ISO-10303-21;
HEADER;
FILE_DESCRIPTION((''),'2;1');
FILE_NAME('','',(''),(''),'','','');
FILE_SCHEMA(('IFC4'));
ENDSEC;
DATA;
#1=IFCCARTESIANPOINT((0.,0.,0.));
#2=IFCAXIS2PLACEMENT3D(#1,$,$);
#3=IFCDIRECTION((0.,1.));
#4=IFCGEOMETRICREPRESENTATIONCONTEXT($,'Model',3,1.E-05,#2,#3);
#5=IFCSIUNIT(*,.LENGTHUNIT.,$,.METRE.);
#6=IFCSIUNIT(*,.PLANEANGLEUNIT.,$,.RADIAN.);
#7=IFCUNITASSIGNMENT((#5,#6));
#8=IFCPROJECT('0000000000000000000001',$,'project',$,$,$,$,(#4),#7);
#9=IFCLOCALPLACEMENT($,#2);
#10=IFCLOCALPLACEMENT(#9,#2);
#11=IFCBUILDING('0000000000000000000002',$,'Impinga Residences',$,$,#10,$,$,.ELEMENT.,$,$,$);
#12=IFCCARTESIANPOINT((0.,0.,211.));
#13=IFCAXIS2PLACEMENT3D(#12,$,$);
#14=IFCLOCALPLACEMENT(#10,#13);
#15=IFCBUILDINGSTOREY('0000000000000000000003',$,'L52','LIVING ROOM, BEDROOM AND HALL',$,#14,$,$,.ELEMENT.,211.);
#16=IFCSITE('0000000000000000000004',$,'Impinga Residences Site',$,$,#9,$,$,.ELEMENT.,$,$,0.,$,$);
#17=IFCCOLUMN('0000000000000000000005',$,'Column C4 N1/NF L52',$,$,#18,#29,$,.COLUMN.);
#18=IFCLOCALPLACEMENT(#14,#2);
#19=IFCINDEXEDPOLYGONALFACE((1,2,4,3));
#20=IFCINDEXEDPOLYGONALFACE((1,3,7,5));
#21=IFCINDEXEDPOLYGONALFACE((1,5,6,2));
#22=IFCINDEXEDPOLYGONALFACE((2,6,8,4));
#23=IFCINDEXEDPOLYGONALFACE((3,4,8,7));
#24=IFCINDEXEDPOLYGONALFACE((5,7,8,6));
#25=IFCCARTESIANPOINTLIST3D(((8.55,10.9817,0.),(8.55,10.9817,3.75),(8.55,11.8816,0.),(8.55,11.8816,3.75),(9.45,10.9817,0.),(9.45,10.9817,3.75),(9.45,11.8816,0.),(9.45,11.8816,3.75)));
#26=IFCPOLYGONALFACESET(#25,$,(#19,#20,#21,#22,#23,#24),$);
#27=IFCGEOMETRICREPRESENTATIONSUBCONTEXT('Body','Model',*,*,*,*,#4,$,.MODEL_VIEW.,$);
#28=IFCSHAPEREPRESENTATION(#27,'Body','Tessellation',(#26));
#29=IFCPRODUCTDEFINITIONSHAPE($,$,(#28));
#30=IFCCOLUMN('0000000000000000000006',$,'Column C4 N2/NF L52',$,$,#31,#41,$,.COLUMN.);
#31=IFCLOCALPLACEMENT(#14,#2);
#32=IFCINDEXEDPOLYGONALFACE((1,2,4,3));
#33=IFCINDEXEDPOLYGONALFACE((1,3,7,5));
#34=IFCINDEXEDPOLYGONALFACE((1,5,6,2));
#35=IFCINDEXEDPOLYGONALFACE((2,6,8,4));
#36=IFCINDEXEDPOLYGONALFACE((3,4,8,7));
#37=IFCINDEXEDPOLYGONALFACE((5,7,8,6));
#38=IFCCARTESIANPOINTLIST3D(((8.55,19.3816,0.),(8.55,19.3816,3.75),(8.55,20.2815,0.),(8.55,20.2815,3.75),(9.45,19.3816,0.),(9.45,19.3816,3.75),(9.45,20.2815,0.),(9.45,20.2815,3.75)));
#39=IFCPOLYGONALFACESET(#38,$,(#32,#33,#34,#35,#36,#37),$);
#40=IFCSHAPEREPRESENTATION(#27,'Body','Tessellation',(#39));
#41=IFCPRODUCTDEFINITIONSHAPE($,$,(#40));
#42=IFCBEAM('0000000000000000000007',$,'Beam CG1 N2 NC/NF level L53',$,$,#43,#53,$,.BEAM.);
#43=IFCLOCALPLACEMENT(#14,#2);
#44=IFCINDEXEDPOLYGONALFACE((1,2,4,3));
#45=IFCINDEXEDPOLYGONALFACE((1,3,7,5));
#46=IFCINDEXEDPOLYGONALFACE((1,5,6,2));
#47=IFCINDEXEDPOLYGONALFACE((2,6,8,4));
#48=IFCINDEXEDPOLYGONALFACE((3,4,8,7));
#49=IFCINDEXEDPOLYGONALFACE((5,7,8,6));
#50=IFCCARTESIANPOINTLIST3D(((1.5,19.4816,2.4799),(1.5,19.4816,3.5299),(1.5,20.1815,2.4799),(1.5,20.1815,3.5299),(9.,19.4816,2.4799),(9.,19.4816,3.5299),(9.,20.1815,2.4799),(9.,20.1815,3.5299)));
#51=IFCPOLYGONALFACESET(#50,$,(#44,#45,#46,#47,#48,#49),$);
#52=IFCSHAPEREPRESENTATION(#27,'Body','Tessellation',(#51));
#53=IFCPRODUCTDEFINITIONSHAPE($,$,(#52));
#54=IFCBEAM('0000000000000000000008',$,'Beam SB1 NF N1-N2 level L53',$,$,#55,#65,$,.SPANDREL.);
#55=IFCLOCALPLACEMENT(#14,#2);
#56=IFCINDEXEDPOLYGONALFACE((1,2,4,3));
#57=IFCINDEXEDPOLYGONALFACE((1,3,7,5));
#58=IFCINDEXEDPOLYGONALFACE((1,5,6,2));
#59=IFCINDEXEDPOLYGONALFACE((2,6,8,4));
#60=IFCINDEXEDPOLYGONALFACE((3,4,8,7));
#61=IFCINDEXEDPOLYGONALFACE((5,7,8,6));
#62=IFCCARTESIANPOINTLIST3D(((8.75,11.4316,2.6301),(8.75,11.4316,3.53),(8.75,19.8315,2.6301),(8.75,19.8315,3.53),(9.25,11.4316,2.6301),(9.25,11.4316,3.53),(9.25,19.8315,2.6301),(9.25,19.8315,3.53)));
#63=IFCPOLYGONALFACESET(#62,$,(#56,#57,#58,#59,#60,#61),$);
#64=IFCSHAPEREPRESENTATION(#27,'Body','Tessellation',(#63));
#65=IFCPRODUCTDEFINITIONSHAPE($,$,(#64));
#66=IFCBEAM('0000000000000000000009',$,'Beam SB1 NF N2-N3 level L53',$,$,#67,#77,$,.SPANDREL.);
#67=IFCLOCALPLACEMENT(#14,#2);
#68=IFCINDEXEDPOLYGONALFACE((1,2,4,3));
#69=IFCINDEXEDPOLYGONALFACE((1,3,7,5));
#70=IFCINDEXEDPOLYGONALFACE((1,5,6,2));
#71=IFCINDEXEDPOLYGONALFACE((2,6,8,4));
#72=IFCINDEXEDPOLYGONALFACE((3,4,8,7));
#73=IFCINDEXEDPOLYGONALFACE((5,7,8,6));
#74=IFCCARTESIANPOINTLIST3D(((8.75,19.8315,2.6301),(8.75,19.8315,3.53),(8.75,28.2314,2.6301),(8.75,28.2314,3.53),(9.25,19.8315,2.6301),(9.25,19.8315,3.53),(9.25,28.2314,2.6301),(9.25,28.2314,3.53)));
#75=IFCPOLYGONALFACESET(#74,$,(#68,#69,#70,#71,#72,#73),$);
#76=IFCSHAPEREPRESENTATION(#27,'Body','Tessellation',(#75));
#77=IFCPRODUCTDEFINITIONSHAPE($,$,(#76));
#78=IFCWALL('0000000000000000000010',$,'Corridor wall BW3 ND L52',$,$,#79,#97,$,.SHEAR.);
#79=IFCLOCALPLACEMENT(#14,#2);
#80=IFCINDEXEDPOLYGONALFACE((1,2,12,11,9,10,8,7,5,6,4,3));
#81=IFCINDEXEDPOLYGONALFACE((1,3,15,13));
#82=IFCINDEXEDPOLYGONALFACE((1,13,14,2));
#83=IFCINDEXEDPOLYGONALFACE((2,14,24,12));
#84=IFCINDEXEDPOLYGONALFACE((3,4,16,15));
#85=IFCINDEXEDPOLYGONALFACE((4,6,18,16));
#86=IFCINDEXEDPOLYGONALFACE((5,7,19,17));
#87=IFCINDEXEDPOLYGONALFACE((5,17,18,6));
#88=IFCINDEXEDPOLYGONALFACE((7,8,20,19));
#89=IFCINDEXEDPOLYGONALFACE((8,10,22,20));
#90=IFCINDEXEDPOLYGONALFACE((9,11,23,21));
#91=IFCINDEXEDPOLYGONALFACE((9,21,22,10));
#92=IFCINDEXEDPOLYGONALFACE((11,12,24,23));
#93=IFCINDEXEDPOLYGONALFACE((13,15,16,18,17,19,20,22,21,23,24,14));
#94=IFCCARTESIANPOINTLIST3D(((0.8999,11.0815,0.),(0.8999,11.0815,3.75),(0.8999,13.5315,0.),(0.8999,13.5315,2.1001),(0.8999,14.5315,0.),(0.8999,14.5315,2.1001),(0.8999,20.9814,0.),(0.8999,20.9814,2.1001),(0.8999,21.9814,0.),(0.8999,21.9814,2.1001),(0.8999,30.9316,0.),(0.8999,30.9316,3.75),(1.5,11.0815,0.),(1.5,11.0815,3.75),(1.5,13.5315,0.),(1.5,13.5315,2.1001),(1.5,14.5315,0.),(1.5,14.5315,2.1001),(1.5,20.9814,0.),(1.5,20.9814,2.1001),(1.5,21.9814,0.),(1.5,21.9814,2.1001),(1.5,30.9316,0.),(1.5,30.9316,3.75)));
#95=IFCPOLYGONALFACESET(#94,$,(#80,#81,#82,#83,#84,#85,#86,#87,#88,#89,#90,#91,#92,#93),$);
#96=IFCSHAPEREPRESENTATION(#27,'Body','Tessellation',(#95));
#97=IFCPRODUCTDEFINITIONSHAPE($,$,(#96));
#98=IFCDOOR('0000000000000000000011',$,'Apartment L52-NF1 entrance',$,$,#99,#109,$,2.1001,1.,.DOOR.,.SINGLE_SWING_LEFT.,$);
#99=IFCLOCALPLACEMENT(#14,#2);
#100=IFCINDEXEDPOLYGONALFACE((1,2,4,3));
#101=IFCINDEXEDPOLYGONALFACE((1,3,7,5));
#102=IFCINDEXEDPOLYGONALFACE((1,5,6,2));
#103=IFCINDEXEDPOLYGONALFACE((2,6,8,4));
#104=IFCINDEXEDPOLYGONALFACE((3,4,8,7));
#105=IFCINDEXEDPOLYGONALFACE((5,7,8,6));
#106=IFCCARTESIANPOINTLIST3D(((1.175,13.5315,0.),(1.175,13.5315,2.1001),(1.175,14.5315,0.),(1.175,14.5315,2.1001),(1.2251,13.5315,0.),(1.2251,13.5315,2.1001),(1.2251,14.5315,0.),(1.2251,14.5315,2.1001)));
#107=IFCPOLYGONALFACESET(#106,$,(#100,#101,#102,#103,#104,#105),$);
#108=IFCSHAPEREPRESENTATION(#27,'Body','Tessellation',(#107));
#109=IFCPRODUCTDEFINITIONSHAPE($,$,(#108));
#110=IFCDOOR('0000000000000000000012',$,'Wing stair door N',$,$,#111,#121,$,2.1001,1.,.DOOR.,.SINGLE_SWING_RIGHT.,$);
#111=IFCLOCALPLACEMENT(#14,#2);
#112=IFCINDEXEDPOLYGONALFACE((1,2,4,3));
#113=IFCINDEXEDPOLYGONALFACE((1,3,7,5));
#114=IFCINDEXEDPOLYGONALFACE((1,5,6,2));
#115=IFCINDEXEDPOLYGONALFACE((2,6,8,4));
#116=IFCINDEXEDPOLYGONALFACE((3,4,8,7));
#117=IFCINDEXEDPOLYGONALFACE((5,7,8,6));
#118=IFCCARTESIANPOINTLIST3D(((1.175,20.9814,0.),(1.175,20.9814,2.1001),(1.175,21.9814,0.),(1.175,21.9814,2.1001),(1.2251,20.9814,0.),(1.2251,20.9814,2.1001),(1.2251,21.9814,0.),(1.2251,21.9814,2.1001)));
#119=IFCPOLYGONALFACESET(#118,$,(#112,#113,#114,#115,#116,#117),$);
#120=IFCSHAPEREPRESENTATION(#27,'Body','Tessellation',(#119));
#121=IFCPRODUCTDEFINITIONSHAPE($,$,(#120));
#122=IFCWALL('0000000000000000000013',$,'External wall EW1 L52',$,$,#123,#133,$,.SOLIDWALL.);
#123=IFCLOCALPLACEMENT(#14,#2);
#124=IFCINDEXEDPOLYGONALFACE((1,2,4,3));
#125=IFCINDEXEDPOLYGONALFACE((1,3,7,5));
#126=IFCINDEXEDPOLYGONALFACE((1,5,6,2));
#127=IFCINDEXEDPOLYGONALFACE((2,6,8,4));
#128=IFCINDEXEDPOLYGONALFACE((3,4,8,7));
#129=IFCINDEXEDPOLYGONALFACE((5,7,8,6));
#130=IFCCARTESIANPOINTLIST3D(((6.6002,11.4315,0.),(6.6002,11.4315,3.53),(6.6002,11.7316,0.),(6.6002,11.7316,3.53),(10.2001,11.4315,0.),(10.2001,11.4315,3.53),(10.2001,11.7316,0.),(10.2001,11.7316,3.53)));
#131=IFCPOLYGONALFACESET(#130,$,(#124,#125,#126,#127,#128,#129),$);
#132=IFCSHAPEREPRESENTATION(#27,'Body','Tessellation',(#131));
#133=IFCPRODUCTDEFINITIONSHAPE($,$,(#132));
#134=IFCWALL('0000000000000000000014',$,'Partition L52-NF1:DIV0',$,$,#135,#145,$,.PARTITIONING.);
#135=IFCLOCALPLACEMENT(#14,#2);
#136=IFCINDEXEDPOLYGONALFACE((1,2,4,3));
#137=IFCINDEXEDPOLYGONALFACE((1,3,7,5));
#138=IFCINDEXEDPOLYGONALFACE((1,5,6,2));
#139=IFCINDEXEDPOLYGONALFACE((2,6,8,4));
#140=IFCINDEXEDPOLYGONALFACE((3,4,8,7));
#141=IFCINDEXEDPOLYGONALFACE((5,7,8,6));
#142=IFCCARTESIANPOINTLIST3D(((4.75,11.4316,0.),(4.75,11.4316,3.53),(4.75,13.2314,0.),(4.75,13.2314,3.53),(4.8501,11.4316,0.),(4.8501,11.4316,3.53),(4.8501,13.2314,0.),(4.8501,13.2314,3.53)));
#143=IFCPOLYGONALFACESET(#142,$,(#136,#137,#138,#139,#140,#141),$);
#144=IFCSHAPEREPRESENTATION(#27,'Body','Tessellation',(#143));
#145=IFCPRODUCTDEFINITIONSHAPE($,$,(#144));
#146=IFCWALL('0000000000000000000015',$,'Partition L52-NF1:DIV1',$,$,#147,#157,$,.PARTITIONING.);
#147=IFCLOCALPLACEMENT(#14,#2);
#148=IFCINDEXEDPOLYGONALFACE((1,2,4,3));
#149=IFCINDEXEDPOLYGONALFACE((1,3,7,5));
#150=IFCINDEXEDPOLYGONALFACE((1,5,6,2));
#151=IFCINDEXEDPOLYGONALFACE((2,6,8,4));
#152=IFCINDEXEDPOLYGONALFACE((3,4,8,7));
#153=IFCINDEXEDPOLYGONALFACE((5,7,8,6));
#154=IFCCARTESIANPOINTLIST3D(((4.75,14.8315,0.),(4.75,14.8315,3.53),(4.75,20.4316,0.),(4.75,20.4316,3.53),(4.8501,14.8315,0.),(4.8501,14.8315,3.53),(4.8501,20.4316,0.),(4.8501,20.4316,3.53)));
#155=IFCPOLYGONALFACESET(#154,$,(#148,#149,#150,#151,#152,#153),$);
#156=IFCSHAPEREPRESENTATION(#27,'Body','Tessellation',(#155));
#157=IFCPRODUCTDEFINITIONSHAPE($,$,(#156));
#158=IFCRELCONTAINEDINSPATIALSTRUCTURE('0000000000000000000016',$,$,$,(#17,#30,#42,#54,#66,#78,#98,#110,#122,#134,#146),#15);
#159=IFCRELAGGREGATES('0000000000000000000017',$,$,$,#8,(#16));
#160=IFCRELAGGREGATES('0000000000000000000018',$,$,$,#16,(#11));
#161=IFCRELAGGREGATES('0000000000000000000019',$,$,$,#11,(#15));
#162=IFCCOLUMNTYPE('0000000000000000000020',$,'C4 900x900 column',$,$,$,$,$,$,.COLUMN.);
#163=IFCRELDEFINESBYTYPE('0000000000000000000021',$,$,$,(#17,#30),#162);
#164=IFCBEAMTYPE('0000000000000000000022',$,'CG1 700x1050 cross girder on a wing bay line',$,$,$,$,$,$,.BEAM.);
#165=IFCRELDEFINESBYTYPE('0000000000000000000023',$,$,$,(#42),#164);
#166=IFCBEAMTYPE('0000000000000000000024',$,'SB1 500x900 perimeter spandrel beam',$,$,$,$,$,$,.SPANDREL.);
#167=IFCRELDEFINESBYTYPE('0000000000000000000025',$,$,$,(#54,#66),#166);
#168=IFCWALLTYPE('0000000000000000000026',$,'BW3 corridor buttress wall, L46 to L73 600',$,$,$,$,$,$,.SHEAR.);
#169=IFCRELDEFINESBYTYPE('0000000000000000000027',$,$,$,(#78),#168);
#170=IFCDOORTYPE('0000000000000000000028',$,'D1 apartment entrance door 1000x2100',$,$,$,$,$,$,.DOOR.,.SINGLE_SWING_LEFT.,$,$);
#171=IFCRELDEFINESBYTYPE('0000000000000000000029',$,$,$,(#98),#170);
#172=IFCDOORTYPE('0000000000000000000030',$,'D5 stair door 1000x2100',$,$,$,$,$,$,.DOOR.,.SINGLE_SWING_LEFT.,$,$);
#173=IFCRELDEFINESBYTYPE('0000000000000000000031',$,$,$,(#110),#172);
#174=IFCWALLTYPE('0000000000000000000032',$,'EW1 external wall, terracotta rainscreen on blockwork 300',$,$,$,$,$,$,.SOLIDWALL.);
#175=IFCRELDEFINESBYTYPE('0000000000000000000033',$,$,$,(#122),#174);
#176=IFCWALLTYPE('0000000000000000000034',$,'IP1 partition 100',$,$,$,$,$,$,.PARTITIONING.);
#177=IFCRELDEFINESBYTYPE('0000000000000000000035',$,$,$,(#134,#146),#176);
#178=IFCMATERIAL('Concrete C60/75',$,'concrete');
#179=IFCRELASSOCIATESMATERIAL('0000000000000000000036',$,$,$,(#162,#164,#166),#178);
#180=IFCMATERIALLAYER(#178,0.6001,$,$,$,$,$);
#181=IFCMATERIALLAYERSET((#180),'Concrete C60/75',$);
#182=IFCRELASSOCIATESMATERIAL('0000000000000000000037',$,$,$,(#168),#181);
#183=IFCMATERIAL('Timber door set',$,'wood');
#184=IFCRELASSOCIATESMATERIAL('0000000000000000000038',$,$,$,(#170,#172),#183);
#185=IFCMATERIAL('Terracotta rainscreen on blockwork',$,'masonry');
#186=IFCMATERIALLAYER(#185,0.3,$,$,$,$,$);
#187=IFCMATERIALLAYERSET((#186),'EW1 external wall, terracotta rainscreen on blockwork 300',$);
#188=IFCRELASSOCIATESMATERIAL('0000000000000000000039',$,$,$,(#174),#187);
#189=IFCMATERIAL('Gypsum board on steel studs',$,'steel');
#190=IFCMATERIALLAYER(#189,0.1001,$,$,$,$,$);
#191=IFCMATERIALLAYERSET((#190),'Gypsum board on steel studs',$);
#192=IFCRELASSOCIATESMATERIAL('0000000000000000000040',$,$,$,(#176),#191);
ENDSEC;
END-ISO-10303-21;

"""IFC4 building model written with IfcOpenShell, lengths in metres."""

from ifc_helpers import new_model, si_unit, direction, frame, frame_2d, origin, origin_2d, place, context, subcontext, project, spatial, rectangle, extrude, material, layer, layer_set, material_profile, profile_set, type_object, element, fill, save


model = new_model("IFC4")

# Units and contexts
model_context = context("Model", 3, precision=1e-05, world=origin(), true_north=direction((0.0, 1.0)))
body_context = subcontext(model_context, "Body", "Model", "MODEL_VIEW")
ifc_project = project(units=[si_unit("LENGTHUNIT", "METRE"), si_unit("PLANEANGLEUNIT", "RADIAN")], contexts=[model_context])

# Site, building, storey
site_placement = place(None, origin())
site = spatial("IfcSite", under=ifc_project, at=site_placement, Name="Impinga Residences Site", CompositionType="ELEMENT", RefElevation=0.0)
building_placement = place(site_placement, origin())
building = spatial("IfcBuilding", under=site, at=building_placement, Name="Impinga Residences", CompositionType="ELEMENT")
storey_placement = place(building_placement, frame((0.0, 0.0, 211.0)))
storey = spatial("IfcBuildingStorey", under=building, at=storey_placement, Name="L52", Description="LIVING ROOM, BEDROOM AND HALL", CompositionType="ELEMENT", Elevation=211.0)

# Columns
ifc_material_1 = material(Name="Concrete C60/75", Category="concrete")
ifc_material_profile_1 = material_profile(ifc_material_1, rectangle(XDim=0.8999, YDim=0.8999, at=origin_2d()), Name="RC 900x900")
ifc_profile_set_1 = profile_set([ifc_material_profile_1], Name="Concrete C60/75")
column_type = type_object("IfcColumnType", Name="C4 900x900 column", PredefinedType="COLUMN", material=ifc_profile_set_1)
for number, where, z_axis, x_axis, name in (
    (1, (9.0, 11.4316, 0.0), (0.0, 0.0, 1.0), (1.0, 0.0, 0.0), "Column C4 N1/NF L52"),
    (2, (9.0, 19.8315, 0.0), (0.0, 0.0, 1.0), (1.0, 0.0, 0.0), "Column C4 N2/NF L52"),
):
    element("IfcColumn", number, at=place(storey_placement, frame(where, z_axis=z_axis, x_axis=x_axis)), inside=storey, type_object=column_type, Name=name, PredefinedType="COLUMN", context=body_context, shape_type="SweptSolid", body=[
        extrude(rectangle(XDim=0.8999, YDim=0.8999, at=origin_2d()), origin(), (0.0, 0.0, 1.0), 3.75),
    ])

# Beams
ifc_material_profile_2 = material_profile(ifc_material_1, rectangle(XDim=0.7, YDim=1.05, at=origin_2d()), Name="RC 700x1050")
ifc_profile_set_2 = profile_set([ifc_material_profile_2], Name="Concrete C60/75")
beam_type_1 = type_object("IfcBeamType", Name="CG1 700x1050 cross girder on a wing bay line", PredefinedType="BEAM", material=ifc_profile_set_2)
beam_placement = place(storey_placement, frame((1.5, 19.8315, 3.0049), z_axis=(1.0, 0.0, 0.0), x_axis=(0.0, 1.0, 0.0)))
element("IfcBeam", 3, at=beam_placement, inside=storey, type_object=beam_type_1, Name="Beam CG1 N2 NC/NF level L53", PredefinedType="BEAM", context=body_context, shape_type="SweptSolid", body=[
    extrude(rectangle(XDim=0.7, YDim=1.05, at=origin_2d()), origin(), (0.0, 0.0, 1.0), 7.5),
])
ifc_material_profile_3 = material_profile(ifc_material_1, rectangle(XDim=0.5, YDim=0.8999, at=origin_2d()), Name="RC 500x900")
ifc_profile_set_3 = profile_set([ifc_material_profile_3], Name="Concrete C60/75")
beam_type_2 = type_object("IfcBeamType", Name="SB1 500x900 perimeter spandrel beam", PredefinedType="SPANDREL", material=ifc_profile_set_3)
for number, where, z_axis, x_axis, name in (
    (4, (9.0, 11.4316, 3.0801), (0.0, 1.0, 0.0), (-1.0, 0.0, 0.0), "Beam SB1 NF N1-N2 level L53"),
    (5, (9.0, 19.8315, 3.0801), (0.0, 1.0, 0.0), (-1.0, 0.0, 0.0), "Beam SB1 NF N2-N3 level L53"),
):
    element("IfcBeam", number, at=place(storey_placement, frame(where, z_axis=z_axis, x_axis=x_axis)), inside=storey, type_object=beam_type_2, Name=name, PredefinedType="SPANDREL", context=body_context, shape_type="SweptSolid", body=[
        extrude(rectangle(XDim=0.5, YDim=0.8999, at=origin_2d()), origin(), (0.0, 0.0, 1.0), 8.3999),
    ])

# Wall, openings, doors
ifc_layer_1 = layer(ifc_material_1, 0.6001)
ifc_layer_set_1 = layer_set([ifc_layer_1], Name="Concrete C60/75")
wall_type_1 = type_object("IfcWallType", Name="BW3 corridor buttress wall, L46 to L73 600", PredefinedType="SHEAR", material=ifc_layer_set_1)
wall_1_placement = place(storey_placement, frame((1.2, 11.0815, 0.0), z_axis=(0.0, 0.0, 1.0), x_axis=(0.0, 1.0, 0.0)))
wall_1 = element("IfcWall", 6, at=wall_1_placement, inside=storey, type_object=wall_type_1, Name="Corridor wall BW3 ND L52", PredefinedType="SHEAR", context=body_context, shape_type="SweptSolid", body=[
    extrude(rectangle(XDim=19.8501, YDim=0.6001, at=frame_2d((9.925, 0.0))), origin(), (0.0, 0.0, 1.0), 3.75),
])
opening_1_placement = place(wall_1_placement, frame((9.8999, 0.0, 0.0)))
opening_1 = element("IfcOpeningElement", 7, at=opening_1_placement, cuts=wall_1, PredefinedType="OPENING", context=body_context, shape_type="SweptSolid", body=[
    extrude(rectangle(XDim=1.0, YDim=2.1001, at=frame_2d((0.5, 1.05))), frame((0.0, 0.3101, 0.0), z_axis=(0.0, -1.0, 0.0), x_axis=(1.0, 0.0, 0.0)), (0.0, 0.0, 1.0), 0.6201),
])
opening_2_placement = place(wall_1_placement, frame((2.45, 0.0, 0.0)))
opening_2 = element("IfcOpeningElement", 8, at=opening_2_placement, cuts=wall_1, PredefinedType="OPENING", context=body_context, shape_type="SweptSolid", body=[
    extrude(rectangle(XDim=1.0, YDim=2.1001, at=frame_2d((0.5, 1.05))), frame((0.0, 0.3101, 0.0), z_axis=(0.0, -1.0, 0.0), x_axis=(1.0, 0.0, 0.0)), (0.0, 0.0, 1.0), 0.6201),
])
ifc_material_2 = material(Name="Timber door set", Category="wood")
door_type_1 = type_object("IfcDoorType", Name="D1 apartment entrance door 1000x2100", OperationType="SINGLE_SWING_LEFT", PredefinedType="DOOR", material=ifc_material_2)
door_1_placement = place(opening_2_placement, origin())
door_1 = element("IfcDoor", 9, at=door_1_placement, inside=storey, type_object=door_type_1, Name="Apartment L52-NF1 entrance", OperationType="SINGLE_SWING_LEFT", OverallHeight=2.1001, OverallWidth=1.0, PredefinedType="DOOR", context=body_context, shape_type="SweptSolid", body=[
    extrude(rectangle(XDim=1.0, YDim=2.1001, at=frame_2d((0.5, 1.05))), frame((0.0, 0.0249, 0.0), z_axis=(0.0, -1.0, 0.0), x_axis=(1.0, 0.0, 0.0)), (0.0, 0.0, 1.0), 0.05),
])
fill(opening_2, door_1)
door_type_2 = type_object("IfcDoorType", Name="D5 stair door 1000x2100", OperationType="SINGLE_SWING_LEFT", PredefinedType="DOOR", material=ifc_material_2)
door_2_placement = place(opening_1_placement, origin())
door_2 = element("IfcDoor", 10, at=door_2_placement, inside=storey, type_object=door_type_2, Name="Wing stair door N", OperationType="SINGLE_SWING_RIGHT", OverallHeight=2.1001, OverallWidth=1.0, PredefinedType="DOOR", context=body_context, shape_type="SweptSolid", body=[
    extrude(rectangle(XDim=1.0, YDim=2.1001, at=frame_2d((0.5, 1.05))), frame((0.0, 0.0249, 0.0), z_axis=(0.0, -1.0, 0.0), x_axis=(1.0, 0.0, 0.0)), (0.0, 0.0, 1.0), 0.05),
])
fill(opening_1, door_2)

# Walls
ifc_material_3 = material(Name="Terracotta rainscreen on blockwork", Category="masonry")
ifc_layer_2 = layer(ifc_material_3, 0.3)
ifc_layer_set_2 = layer_set([ifc_layer_2], Name="EW1 external wall, terracotta rainscreen on blockwork 300")
wall_type_2 = type_object("IfcWallType", Name="EW1 external wall, terracotta rainscreen on blockwork 300", PredefinedType="SOLIDWALL", material=ifc_layer_set_2)
wall_2_placement = place(storey_placement, frame((10.2, 11.5815, 0.0), z_axis=(0.0, 0.0, 1.0), x_axis=(-1.0, 0.0, 0.0)))
element("IfcWall", 11, at=wall_2_placement, inside=storey, type_object=wall_type_2, Name="External wall EW1 L52", PredefinedType="SOLIDWALL", context=body_context, shape_type="SweptSolid", body=[
    extrude(rectangle(XDim=3.5999, YDim=0.3, at=frame_2d((1.7998, 0.0))), origin(), (0.0, 0.0, 1.0), 3.53),
])
ifc_material_4 = material(Name="Gypsum board on steel studs", Category="steel")
ifc_layer_3 = layer(ifc_material_4, 0.1001)
ifc_layer_set_3 = layer_set([ifc_layer_3], Name="Gypsum board on steel studs")
wall_type_3 = type_object("IfcWallType", Name="IP1 partition 100", PredefinedType="PARTITIONING", material=ifc_layer_set_3)
wall_3_placement = place(storey_placement, frame((4.8, 11.4316, 0.0), z_axis=(0.0, 0.0, 1.0), x_axis=(0.0, 1.0, 0.0)))
element("IfcWall", 12, at=wall_3_placement, inside=storey, type_object=wall_type_3, Name="Partition L52-NF1:DIV0", PredefinedType="PARTITIONING", context=body_context, shape_type="SweptSolid", body=[
    extrude(rectangle(XDim=1.7998, YDim=0.1001, at=frame_2d((0.8999, 0.0))), origin(), (0.0, 0.0, 1.0), 3.53),
])
wall_4_placement = place(storey_placement, frame((4.8, 14.8315, 0.0), z_axis=(0.0, 0.0, 1.0), x_axis=(0.0, 1.0, 0.0)))
element("IfcWall", 13, at=wall_4_placement, inside=storey, type_object=wall_type_3, Name="Partition L52-NF1:DIV1", PredefinedType="PARTITIONING", context=body_context, shape_type="SweptSolid", body=[
    extrude(rectangle(XDim=5.6001, YDim=0.1001, at=frame_2d((2.8, 0.0))), origin(), (0.0, 0.0, 1.0), 3.53),
])

save(model, "model.ifc")
